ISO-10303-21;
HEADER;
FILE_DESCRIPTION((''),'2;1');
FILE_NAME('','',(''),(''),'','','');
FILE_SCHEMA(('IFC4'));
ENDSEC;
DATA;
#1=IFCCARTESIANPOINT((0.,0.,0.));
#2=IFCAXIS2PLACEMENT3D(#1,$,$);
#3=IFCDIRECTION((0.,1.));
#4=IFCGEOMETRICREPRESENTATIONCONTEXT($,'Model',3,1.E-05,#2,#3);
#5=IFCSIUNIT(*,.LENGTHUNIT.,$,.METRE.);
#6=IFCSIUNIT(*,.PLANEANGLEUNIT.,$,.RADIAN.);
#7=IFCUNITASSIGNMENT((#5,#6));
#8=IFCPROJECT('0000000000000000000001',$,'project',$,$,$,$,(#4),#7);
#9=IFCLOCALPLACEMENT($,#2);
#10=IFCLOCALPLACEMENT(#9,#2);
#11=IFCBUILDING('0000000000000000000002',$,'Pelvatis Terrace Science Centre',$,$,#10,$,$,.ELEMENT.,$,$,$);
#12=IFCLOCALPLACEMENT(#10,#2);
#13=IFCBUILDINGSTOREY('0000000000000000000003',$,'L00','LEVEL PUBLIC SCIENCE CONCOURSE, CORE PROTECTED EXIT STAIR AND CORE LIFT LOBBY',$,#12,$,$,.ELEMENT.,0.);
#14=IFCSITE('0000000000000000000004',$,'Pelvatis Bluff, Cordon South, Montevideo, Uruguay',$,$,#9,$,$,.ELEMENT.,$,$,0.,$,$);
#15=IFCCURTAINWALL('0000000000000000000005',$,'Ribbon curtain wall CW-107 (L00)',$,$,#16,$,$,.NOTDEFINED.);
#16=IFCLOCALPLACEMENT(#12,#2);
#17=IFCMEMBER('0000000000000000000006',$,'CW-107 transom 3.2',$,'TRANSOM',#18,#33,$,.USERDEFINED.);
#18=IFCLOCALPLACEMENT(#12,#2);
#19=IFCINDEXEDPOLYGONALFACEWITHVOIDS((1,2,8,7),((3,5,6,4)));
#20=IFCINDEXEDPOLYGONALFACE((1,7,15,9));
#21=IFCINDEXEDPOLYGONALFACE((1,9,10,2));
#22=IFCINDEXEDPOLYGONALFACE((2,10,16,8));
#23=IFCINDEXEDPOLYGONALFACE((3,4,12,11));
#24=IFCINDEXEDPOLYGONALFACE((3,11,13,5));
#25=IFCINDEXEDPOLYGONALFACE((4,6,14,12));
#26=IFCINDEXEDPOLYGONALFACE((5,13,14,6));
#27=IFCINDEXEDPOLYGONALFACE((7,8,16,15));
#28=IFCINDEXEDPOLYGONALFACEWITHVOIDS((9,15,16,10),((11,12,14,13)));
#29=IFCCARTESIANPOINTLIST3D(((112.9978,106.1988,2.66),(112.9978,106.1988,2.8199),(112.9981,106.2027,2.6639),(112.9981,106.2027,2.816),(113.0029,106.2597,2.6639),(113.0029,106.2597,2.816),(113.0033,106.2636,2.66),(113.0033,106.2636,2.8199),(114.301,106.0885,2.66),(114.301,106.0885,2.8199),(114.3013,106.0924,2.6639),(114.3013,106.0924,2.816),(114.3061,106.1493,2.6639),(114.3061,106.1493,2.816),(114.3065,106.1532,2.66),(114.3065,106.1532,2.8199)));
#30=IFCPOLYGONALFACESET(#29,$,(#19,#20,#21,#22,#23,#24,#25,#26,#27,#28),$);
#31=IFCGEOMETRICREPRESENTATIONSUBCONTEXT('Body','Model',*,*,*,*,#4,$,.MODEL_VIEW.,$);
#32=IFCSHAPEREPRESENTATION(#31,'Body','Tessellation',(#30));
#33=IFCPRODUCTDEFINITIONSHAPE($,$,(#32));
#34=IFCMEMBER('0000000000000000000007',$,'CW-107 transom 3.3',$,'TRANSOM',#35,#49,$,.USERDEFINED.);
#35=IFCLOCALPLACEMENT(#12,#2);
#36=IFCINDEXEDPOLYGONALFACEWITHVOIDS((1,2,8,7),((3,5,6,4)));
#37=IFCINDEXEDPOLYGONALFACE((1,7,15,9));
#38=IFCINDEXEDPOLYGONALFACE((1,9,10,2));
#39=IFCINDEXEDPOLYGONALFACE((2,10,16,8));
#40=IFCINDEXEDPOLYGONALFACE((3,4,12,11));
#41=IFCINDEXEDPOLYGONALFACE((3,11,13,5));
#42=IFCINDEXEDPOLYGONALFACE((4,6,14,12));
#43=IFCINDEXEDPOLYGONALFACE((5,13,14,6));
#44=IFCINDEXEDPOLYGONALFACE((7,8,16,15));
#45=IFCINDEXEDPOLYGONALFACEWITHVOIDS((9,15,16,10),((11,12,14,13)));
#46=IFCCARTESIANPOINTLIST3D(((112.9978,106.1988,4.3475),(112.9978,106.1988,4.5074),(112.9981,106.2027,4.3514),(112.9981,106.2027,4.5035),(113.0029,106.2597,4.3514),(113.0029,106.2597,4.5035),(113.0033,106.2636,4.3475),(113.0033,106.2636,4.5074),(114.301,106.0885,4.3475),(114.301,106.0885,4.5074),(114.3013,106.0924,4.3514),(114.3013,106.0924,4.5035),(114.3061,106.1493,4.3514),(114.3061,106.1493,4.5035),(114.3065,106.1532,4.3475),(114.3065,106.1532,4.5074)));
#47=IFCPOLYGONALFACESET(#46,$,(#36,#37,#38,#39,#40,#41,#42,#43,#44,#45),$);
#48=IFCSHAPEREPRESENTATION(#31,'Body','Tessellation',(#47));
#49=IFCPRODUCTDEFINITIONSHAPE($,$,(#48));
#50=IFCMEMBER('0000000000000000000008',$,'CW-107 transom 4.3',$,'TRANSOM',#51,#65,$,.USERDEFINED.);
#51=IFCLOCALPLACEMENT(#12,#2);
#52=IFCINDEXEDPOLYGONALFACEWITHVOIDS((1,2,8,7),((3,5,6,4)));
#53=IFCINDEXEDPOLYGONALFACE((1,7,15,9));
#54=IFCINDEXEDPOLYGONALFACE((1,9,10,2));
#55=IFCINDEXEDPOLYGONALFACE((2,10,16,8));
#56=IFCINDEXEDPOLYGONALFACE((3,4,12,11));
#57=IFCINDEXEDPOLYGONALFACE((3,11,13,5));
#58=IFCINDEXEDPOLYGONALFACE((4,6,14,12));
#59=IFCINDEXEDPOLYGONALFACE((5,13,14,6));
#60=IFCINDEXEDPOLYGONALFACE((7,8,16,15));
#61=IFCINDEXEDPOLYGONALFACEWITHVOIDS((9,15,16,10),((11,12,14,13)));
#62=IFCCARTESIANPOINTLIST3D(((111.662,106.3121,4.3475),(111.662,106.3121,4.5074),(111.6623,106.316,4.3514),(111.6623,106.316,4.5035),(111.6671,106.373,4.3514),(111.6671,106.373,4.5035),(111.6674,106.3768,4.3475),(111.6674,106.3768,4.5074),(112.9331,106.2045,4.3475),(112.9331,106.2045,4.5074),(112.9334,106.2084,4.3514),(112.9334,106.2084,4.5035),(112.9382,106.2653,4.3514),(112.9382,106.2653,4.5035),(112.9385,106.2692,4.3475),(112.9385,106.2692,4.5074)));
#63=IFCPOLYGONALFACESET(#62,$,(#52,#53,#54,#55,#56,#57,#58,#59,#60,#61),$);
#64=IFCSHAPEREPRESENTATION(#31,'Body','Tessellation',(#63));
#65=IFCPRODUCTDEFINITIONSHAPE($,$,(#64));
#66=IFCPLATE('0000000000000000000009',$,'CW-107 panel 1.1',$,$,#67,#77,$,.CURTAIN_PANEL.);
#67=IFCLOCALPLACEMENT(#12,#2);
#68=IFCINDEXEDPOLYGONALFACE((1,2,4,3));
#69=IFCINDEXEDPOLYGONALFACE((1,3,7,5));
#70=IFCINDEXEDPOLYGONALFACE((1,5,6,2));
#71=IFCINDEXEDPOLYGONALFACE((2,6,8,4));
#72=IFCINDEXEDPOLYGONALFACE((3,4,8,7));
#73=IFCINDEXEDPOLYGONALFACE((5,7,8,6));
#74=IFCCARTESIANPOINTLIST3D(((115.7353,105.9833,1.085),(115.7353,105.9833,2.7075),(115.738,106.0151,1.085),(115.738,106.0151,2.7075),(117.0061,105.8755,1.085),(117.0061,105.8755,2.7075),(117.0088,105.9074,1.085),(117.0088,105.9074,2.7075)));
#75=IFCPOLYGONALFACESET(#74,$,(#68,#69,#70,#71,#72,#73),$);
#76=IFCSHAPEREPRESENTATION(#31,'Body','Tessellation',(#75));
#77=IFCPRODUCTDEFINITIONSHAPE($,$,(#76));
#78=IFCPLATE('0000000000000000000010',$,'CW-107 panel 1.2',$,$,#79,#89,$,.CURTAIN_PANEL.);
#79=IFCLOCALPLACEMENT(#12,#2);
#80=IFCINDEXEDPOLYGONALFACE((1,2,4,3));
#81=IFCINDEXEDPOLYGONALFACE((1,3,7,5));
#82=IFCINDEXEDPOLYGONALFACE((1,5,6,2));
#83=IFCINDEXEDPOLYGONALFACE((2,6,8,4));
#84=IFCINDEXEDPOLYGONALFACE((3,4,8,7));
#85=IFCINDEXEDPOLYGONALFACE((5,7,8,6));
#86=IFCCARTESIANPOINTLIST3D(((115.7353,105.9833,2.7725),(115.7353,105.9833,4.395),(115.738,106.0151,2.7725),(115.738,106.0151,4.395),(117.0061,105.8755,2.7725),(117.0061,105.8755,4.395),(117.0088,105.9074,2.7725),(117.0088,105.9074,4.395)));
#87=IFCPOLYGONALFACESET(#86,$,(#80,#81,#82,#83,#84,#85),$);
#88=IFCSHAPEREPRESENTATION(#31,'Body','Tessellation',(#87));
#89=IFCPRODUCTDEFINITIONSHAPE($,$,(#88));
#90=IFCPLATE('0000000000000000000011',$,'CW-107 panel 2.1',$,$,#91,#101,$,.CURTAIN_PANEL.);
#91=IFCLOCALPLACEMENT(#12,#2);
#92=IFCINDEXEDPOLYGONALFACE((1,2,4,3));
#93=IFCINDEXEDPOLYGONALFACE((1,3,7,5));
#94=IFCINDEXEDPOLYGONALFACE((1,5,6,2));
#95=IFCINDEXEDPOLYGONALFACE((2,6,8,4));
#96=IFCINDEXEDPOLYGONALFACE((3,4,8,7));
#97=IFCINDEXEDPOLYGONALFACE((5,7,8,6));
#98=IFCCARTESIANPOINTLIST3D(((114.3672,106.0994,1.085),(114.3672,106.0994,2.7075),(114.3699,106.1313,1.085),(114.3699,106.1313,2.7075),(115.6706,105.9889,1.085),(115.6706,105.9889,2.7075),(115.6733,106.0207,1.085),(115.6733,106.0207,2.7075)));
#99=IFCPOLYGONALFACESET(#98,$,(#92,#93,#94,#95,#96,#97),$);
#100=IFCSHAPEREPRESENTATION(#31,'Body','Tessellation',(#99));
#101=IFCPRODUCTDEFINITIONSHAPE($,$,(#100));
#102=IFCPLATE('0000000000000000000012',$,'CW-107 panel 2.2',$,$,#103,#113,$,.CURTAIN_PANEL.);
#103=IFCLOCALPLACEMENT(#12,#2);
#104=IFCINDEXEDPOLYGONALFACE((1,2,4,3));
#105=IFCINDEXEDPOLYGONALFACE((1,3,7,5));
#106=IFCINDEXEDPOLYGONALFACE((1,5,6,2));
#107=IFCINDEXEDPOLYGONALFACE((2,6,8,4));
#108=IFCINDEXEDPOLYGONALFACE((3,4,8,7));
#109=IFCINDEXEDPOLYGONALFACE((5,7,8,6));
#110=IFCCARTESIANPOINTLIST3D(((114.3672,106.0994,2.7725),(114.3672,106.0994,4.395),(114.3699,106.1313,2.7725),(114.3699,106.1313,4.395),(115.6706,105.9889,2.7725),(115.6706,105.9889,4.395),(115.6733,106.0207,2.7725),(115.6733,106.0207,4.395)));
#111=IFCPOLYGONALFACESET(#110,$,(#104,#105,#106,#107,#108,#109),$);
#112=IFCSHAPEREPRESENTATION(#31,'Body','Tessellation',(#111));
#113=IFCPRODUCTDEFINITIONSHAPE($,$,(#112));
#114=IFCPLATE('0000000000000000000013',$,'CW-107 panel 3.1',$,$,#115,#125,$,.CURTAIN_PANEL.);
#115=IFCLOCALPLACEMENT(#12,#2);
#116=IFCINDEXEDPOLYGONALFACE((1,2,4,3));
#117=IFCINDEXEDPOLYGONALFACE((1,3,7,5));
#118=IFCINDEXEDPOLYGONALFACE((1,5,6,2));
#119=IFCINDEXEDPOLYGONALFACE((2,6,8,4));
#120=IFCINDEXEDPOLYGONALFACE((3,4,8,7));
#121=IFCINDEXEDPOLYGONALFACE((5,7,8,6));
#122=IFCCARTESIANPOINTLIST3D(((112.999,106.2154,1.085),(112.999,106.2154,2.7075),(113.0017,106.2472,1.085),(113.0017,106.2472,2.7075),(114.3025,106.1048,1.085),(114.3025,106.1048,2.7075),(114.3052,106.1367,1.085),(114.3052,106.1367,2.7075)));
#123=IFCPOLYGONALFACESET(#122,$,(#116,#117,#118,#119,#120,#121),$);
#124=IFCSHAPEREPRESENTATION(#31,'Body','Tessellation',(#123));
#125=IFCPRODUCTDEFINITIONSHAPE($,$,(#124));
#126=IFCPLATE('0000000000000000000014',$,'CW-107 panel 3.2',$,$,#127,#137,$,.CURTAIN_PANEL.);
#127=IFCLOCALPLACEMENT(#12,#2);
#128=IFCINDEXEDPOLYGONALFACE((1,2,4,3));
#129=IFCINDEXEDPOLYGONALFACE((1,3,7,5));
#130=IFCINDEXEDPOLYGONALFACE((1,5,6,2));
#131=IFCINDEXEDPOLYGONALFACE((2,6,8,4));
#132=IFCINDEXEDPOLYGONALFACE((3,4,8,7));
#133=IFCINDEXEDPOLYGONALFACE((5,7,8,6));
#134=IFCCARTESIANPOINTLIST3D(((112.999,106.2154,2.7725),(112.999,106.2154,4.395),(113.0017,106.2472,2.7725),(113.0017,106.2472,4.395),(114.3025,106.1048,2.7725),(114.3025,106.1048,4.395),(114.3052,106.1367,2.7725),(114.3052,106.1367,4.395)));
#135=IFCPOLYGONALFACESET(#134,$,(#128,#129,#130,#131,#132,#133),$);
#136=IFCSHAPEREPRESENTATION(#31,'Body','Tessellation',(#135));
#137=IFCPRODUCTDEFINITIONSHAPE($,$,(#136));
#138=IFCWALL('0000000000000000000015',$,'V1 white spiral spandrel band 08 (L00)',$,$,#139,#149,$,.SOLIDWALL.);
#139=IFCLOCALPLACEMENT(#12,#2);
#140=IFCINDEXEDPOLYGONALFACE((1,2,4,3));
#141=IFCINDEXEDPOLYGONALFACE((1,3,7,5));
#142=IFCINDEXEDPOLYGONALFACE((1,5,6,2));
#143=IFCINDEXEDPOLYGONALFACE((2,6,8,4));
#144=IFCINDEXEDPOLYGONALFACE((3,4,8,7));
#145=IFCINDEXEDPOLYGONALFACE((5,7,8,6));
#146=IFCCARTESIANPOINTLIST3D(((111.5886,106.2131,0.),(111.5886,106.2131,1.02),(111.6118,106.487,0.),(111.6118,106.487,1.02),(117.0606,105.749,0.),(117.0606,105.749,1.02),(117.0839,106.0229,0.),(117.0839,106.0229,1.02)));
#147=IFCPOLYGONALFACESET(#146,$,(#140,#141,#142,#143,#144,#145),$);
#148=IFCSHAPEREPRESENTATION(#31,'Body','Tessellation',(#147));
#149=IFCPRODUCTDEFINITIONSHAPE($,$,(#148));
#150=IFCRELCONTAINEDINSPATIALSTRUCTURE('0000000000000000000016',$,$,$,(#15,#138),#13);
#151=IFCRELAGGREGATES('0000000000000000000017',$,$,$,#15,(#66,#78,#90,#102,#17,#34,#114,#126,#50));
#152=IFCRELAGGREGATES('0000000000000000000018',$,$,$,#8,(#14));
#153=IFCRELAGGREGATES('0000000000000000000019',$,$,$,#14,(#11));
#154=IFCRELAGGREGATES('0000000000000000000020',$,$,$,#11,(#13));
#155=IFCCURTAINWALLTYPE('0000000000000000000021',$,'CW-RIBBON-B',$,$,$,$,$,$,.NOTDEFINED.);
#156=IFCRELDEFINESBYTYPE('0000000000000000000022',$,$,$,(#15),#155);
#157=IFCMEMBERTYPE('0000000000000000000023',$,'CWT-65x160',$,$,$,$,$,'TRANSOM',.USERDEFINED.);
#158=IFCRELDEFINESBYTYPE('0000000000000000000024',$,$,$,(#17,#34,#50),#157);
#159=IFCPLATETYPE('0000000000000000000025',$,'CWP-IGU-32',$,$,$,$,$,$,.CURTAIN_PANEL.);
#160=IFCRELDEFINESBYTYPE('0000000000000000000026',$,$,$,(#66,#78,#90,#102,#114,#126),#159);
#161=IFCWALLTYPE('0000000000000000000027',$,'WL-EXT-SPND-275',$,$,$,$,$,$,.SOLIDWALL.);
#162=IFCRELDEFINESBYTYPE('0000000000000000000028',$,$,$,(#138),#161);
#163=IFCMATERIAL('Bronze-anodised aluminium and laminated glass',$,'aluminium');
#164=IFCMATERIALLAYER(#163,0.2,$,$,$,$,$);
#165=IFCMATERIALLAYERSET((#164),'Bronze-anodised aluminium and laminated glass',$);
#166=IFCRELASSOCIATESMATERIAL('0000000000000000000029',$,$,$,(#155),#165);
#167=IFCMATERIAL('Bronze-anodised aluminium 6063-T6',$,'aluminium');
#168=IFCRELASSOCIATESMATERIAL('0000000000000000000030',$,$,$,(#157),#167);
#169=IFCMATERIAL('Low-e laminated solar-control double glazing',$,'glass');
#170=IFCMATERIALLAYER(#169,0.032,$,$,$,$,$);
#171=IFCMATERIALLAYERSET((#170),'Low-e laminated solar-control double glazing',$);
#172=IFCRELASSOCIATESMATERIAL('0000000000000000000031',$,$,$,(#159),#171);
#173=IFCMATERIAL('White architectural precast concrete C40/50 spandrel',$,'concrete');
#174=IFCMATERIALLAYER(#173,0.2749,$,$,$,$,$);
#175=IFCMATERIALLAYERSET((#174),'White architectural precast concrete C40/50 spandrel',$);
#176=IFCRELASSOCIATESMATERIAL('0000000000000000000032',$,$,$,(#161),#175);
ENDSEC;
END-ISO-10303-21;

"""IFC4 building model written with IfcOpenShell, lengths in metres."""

from ifc_helpers import new_model, si_unit, direction, frame, frame_2d, origin, origin_2d, place, context, subcontext, project, spatial, rectangle, hollow_rectangle, extrude, material, layer, layer_set, material_profile, profile_set, type_object, element, aggregate, save


model = new_model("IFC4")

# Units and contexts
model_context = context("Model", 3, precision=1e-05, world=origin(), true_north=direction((0.0, 1.0)))
body_context = subcontext(model_context, "Body", "Model", "MODEL_VIEW")
ifc_project = project(units=[si_unit("LENGTHUNIT", "METRE"), si_unit("PLANEANGLEUNIT", "RADIAN")], contexts=[model_context])

# Site, building, storey
site_placement = place(None, origin())
site = spatial("IfcSite", under=ifc_project, at=site_placement, Name="Pelvatis Bluff, Cordon South, Montevideo, Uruguay", CompositionType="ELEMENT", RefElevation=0.0)
building_placement = place(site_placement, origin())
building = spatial("IfcBuilding", under=site, at=building_placement, Name="Pelvatis Terrace Science Centre", CompositionType="ELEMENT")
storey_placement = place(building_placement, origin())
storey = spatial("IfcBuildingStorey", under=building, at=storey_placement, Name="L00", Description="LEVEL PUBLIC SCIENCE CONCOURSE, CORE PROTECTED EXIT STAIR AND CORE LIFT LOBBY", CompositionType="ELEMENT", Elevation=0.0)

# Curtain wall, members, plates
ifc_material_1 = material(Name="Bronze-anodised aluminium and laminated glass", Category="aluminium")
ifc_layer_1 = layer(ifc_material_1, 0.2)
ifc_layer_set_1 = layer_set([ifc_layer_1], Name="Bronze-anodised aluminium and laminated glass")
curtain_wall_type = type_object("IfcCurtainWallType", Name="CW-RIBBON-B", PredefinedType="NOTDEFINED", material=ifc_layer_set_1)
curtain_wall_placement = place(storey_placement, origin())
curtain_wall = element("IfcCurtainWall", 1, at=curtain_wall_placement, inside=storey, type_object=curtain_wall_type, Name="Ribbon curtain wall CW-107 (L00)", PredefinedType="NOTDEFINED")
ifc_material_2 = material(Name="Bronze-anodised aluminium 6063-T6", Category="aluminium")
ifc_material_profile_1 = material_profile(ifc_material_2, hollow_rectangle(XDim=0.0649, YDim=0.1599, WallThickness=0.0039, at=origin_2d()), Name="ALU-TRN 65x160")
ifc_profile_set_1 = profile_set([ifc_material_profile_1], Name="Bronze-anodised aluminium 6063-T6")
member_type_1 = type_object("IfcMemberType", Name="CWT-65x160", ElementType="TRANSOM", PredefinedType="USERDEFINED", material=ifc_profile_set_1)
member_1_placement = place(storey_placement, frame((114.3037, 106.1208, 2.74), z_axis=(-0.996434, 0.084374, 0.0), x_axis=(-0.084374, -0.996434, 0.0)))
member_1 = element("IfcMember", 2, at=member_1_placement, type_object=member_type_1, Name="CW-107 transom 3.2", ObjectType="TRANSOM", PredefinedType="USERDEFINED", context=body_context, shape_type="SweptSolid", body=[
    extrude(hollow_rectangle(XDim=0.0649, YDim=0.1599, WallThickness=0.0039, at=origin_2d()), origin(), (0.0, 0.0, 1.0), 1.3079),
])
member_2_placement = place(storey_placement, frame((114.3037, 106.1208, 4.4275), z_axis=(-0.996434, 0.084374, 0.0), x_axis=(-0.084374, -0.996434, 0.0)))
member_2 = element("IfcMember", 3, at=member_2_placement, type_object=member_type_1, Name="CW-107 transom 3.3", ObjectType="TRANSOM", PredefinedType="USERDEFINED", context=body_context, shape_type="SweptSolid", body=[
    extrude(hollow_rectangle(XDim=0.0649, YDim=0.1599, WallThickness=0.0039, at=origin_2d()), origin(), (0.0, 0.0, 1.0), 1.3079),
])
member_3_placement = place(storey_placement, frame((112.9358, 106.2368, 4.4275), z_axis=(-0.996431, 0.084408, 0.0), x_axis=(-0.084408, -0.996431, 0.0)))
member_3 = element("IfcMember", 4, at=member_3_placement, type_object=member_type_1, Name="CW-107 transom 4.3", ObjectType="TRANSOM", PredefinedType="USERDEFINED", context=body_context, shape_type="SweptSolid", body=[
    extrude(hollow_rectangle(XDim=0.0649, YDim=0.1599, WallThickness=0.0039, at=origin_2d()), origin(), (0.0, 0.0, 1.0), 1.2756),
])
ifc_material_3 = material(Name="Low-e laminated solar-control double glazing", Category="glass")
ifc_layer_2 = layer(ifc_material_3, 0.032)
ifc_layer_set_2 = layer_set([ifc_layer_2], Name="Low-e laminated solar-control double glazing")
plate_type = type_object("IfcPlateType", Name="CWP-IGU-32", PredefinedType="CURTAIN_PANEL", material=ifc_layer_set_2)
plate_1_placement = place(storey_placement, frame((116.3721, 105.9453, 1.085), z_axis=(0.0, 0.0, 1.0), x_axis=(-0.996425, 0.084488, 0.0)))
plate_1 = element("IfcPlate", 5, at=plate_1_placement, type_object=plate_type, Name="CW-107 panel 1.1", PredefinedType="CURTAIN_PANEL", context=body_context, shape_type="SweptSolid", body=[
    extrude(rectangle(XDim=1.2754, YDim=0.032, at=origin_2d()), origin(), (0.0, 0.0, 1.0), 1.6226),
])
plate_2_placement = place(storey_placement, frame((116.3721, 105.9453, 2.7725), z_axis=(0.0, 0.0, 1.0), x_axis=(-0.996425, 0.084488, 0.0)))
plate_2 = element("IfcPlate", 6, at=plate_2_placement, type_object=plate_type, Name="CW-107 panel 1.2", PredefinedType="CURTAIN_PANEL", context=body_context, shape_type="SweptSolid", body=[
    extrude(rectangle(XDim=1.2754, YDim=0.032, at=origin_2d()), origin(), (0.0, 0.0, 1.0), 1.6226),
])
plate_3_placement = place(storey_placement, frame((115.0203, 106.0601, 1.085), z_axis=(0.0, 0.0, 1.0), x_axis=(-0.996425, 0.084488, 0.0)))
plate_3 = element("IfcPlate", 7, at=plate_3_placement, type_object=plate_type, Name="CW-107 panel 2.1", PredefinedType="CURTAIN_PANEL", context=body_context, shape_type="SweptSolid", body=[
    extrude(rectangle(XDim=1.3081, YDim=0.032, at=origin_2d()), origin(), (0.0, 0.0, 1.0), 1.6226),
])
plate_4_placement = place(storey_placement, frame((115.0203, 106.0601, 2.7725), z_axis=(0.0, 0.0, 1.0), x_axis=(-0.996425, 0.084488, 0.0)))
plate_4 = element("IfcPlate", 8, at=plate_4_placement, type_object=plate_type, Name="CW-107 panel 2.2", PredefinedType="CURTAIN_PANEL", context=body_context, shape_type="SweptSolid", body=[
    extrude(rectangle(XDim=1.3081, YDim=0.032, at=origin_2d()), origin(), (0.0, 0.0, 1.0), 1.6226),
])
plate_5_placement = place(storey_placement, frame((113.6521, 106.176, 1.085), z_axis=(0.0, 0.0, 1.0), x_axis=(-0.996425, 0.084488, 0.0)))
plate_5 = element("IfcPlate", 9, at=plate_5_placement, type_object=plate_type, Name="CW-107 panel 3.1", PredefinedType="CURTAIN_PANEL", context=body_context, shape_type="SweptSolid", body=[
    extrude(rectangle(XDim=1.3081, YDim=0.032, at=origin_2d()), origin(), (0.0, 0.0, 1.0), 1.6226),
])
plate_6_placement = place(storey_placement, frame((113.6521, 106.176, 2.7725), z_axis=(0.0, 0.0, 1.0), x_axis=(-0.996425, 0.084488, 0.0)))
plate_6 = element("IfcPlate", 10, at=plate_6_placement, type_object=plate_type, Name="CW-107 panel 3.2", PredefinedType="CURTAIN_PANEL", context=body_context, shape_type="SweptSolid", body=[
    extrude(rectangle(XDim=1.3081, YDim=0.032, at=origin_2d()), origin(), (0.0, 0.0, 1.0), 1.6226),
])
aggregate(curtain_wall, [plate_1, plate_2, plate_3, plate_4, member_1, member_2, plate_5, plate_6, member_3])

# Wall
ifc_material_4 = material(Name="White architectural precast concrete C40/50 spandrel", Category="concrete")
ifc_layer_3 = layer(ifc_material_4, 0.2749)
ifc_layer_set_3 = layer_set([ifc_layer_3], Name="White architectural precast concrete C40/50 spandrel")
wall_type = type_object("IfcWallType", Name="WL-EXT-SPND-275", PredefinedType="SOLIDWALL", material=ifc_layer_set_3)
wall_placement = place(storey_placement, frame((117.0723, 105.886, 0.0), z_axis=(0.0, 0.0, 1.0), x_axis=(-0.996423, 0.08451, 0.0)))
element("IfcWall", 11, at=wall_placement, inside=storey, type_object=wall_type, Name="V1 white spiral spandrel band 08 (L00)", PredefinedType="SOLIDWALL", context=body_context, shape_type="SweptSolid", body=[
    extrude(rectangle(XDim=5.4917, YDim=0.2749, at=frame_2d((2.7458, 0.0))), origin(), (0.0, 0.0, 1.0), 1.02),
])

save(model, "model.ifc")
